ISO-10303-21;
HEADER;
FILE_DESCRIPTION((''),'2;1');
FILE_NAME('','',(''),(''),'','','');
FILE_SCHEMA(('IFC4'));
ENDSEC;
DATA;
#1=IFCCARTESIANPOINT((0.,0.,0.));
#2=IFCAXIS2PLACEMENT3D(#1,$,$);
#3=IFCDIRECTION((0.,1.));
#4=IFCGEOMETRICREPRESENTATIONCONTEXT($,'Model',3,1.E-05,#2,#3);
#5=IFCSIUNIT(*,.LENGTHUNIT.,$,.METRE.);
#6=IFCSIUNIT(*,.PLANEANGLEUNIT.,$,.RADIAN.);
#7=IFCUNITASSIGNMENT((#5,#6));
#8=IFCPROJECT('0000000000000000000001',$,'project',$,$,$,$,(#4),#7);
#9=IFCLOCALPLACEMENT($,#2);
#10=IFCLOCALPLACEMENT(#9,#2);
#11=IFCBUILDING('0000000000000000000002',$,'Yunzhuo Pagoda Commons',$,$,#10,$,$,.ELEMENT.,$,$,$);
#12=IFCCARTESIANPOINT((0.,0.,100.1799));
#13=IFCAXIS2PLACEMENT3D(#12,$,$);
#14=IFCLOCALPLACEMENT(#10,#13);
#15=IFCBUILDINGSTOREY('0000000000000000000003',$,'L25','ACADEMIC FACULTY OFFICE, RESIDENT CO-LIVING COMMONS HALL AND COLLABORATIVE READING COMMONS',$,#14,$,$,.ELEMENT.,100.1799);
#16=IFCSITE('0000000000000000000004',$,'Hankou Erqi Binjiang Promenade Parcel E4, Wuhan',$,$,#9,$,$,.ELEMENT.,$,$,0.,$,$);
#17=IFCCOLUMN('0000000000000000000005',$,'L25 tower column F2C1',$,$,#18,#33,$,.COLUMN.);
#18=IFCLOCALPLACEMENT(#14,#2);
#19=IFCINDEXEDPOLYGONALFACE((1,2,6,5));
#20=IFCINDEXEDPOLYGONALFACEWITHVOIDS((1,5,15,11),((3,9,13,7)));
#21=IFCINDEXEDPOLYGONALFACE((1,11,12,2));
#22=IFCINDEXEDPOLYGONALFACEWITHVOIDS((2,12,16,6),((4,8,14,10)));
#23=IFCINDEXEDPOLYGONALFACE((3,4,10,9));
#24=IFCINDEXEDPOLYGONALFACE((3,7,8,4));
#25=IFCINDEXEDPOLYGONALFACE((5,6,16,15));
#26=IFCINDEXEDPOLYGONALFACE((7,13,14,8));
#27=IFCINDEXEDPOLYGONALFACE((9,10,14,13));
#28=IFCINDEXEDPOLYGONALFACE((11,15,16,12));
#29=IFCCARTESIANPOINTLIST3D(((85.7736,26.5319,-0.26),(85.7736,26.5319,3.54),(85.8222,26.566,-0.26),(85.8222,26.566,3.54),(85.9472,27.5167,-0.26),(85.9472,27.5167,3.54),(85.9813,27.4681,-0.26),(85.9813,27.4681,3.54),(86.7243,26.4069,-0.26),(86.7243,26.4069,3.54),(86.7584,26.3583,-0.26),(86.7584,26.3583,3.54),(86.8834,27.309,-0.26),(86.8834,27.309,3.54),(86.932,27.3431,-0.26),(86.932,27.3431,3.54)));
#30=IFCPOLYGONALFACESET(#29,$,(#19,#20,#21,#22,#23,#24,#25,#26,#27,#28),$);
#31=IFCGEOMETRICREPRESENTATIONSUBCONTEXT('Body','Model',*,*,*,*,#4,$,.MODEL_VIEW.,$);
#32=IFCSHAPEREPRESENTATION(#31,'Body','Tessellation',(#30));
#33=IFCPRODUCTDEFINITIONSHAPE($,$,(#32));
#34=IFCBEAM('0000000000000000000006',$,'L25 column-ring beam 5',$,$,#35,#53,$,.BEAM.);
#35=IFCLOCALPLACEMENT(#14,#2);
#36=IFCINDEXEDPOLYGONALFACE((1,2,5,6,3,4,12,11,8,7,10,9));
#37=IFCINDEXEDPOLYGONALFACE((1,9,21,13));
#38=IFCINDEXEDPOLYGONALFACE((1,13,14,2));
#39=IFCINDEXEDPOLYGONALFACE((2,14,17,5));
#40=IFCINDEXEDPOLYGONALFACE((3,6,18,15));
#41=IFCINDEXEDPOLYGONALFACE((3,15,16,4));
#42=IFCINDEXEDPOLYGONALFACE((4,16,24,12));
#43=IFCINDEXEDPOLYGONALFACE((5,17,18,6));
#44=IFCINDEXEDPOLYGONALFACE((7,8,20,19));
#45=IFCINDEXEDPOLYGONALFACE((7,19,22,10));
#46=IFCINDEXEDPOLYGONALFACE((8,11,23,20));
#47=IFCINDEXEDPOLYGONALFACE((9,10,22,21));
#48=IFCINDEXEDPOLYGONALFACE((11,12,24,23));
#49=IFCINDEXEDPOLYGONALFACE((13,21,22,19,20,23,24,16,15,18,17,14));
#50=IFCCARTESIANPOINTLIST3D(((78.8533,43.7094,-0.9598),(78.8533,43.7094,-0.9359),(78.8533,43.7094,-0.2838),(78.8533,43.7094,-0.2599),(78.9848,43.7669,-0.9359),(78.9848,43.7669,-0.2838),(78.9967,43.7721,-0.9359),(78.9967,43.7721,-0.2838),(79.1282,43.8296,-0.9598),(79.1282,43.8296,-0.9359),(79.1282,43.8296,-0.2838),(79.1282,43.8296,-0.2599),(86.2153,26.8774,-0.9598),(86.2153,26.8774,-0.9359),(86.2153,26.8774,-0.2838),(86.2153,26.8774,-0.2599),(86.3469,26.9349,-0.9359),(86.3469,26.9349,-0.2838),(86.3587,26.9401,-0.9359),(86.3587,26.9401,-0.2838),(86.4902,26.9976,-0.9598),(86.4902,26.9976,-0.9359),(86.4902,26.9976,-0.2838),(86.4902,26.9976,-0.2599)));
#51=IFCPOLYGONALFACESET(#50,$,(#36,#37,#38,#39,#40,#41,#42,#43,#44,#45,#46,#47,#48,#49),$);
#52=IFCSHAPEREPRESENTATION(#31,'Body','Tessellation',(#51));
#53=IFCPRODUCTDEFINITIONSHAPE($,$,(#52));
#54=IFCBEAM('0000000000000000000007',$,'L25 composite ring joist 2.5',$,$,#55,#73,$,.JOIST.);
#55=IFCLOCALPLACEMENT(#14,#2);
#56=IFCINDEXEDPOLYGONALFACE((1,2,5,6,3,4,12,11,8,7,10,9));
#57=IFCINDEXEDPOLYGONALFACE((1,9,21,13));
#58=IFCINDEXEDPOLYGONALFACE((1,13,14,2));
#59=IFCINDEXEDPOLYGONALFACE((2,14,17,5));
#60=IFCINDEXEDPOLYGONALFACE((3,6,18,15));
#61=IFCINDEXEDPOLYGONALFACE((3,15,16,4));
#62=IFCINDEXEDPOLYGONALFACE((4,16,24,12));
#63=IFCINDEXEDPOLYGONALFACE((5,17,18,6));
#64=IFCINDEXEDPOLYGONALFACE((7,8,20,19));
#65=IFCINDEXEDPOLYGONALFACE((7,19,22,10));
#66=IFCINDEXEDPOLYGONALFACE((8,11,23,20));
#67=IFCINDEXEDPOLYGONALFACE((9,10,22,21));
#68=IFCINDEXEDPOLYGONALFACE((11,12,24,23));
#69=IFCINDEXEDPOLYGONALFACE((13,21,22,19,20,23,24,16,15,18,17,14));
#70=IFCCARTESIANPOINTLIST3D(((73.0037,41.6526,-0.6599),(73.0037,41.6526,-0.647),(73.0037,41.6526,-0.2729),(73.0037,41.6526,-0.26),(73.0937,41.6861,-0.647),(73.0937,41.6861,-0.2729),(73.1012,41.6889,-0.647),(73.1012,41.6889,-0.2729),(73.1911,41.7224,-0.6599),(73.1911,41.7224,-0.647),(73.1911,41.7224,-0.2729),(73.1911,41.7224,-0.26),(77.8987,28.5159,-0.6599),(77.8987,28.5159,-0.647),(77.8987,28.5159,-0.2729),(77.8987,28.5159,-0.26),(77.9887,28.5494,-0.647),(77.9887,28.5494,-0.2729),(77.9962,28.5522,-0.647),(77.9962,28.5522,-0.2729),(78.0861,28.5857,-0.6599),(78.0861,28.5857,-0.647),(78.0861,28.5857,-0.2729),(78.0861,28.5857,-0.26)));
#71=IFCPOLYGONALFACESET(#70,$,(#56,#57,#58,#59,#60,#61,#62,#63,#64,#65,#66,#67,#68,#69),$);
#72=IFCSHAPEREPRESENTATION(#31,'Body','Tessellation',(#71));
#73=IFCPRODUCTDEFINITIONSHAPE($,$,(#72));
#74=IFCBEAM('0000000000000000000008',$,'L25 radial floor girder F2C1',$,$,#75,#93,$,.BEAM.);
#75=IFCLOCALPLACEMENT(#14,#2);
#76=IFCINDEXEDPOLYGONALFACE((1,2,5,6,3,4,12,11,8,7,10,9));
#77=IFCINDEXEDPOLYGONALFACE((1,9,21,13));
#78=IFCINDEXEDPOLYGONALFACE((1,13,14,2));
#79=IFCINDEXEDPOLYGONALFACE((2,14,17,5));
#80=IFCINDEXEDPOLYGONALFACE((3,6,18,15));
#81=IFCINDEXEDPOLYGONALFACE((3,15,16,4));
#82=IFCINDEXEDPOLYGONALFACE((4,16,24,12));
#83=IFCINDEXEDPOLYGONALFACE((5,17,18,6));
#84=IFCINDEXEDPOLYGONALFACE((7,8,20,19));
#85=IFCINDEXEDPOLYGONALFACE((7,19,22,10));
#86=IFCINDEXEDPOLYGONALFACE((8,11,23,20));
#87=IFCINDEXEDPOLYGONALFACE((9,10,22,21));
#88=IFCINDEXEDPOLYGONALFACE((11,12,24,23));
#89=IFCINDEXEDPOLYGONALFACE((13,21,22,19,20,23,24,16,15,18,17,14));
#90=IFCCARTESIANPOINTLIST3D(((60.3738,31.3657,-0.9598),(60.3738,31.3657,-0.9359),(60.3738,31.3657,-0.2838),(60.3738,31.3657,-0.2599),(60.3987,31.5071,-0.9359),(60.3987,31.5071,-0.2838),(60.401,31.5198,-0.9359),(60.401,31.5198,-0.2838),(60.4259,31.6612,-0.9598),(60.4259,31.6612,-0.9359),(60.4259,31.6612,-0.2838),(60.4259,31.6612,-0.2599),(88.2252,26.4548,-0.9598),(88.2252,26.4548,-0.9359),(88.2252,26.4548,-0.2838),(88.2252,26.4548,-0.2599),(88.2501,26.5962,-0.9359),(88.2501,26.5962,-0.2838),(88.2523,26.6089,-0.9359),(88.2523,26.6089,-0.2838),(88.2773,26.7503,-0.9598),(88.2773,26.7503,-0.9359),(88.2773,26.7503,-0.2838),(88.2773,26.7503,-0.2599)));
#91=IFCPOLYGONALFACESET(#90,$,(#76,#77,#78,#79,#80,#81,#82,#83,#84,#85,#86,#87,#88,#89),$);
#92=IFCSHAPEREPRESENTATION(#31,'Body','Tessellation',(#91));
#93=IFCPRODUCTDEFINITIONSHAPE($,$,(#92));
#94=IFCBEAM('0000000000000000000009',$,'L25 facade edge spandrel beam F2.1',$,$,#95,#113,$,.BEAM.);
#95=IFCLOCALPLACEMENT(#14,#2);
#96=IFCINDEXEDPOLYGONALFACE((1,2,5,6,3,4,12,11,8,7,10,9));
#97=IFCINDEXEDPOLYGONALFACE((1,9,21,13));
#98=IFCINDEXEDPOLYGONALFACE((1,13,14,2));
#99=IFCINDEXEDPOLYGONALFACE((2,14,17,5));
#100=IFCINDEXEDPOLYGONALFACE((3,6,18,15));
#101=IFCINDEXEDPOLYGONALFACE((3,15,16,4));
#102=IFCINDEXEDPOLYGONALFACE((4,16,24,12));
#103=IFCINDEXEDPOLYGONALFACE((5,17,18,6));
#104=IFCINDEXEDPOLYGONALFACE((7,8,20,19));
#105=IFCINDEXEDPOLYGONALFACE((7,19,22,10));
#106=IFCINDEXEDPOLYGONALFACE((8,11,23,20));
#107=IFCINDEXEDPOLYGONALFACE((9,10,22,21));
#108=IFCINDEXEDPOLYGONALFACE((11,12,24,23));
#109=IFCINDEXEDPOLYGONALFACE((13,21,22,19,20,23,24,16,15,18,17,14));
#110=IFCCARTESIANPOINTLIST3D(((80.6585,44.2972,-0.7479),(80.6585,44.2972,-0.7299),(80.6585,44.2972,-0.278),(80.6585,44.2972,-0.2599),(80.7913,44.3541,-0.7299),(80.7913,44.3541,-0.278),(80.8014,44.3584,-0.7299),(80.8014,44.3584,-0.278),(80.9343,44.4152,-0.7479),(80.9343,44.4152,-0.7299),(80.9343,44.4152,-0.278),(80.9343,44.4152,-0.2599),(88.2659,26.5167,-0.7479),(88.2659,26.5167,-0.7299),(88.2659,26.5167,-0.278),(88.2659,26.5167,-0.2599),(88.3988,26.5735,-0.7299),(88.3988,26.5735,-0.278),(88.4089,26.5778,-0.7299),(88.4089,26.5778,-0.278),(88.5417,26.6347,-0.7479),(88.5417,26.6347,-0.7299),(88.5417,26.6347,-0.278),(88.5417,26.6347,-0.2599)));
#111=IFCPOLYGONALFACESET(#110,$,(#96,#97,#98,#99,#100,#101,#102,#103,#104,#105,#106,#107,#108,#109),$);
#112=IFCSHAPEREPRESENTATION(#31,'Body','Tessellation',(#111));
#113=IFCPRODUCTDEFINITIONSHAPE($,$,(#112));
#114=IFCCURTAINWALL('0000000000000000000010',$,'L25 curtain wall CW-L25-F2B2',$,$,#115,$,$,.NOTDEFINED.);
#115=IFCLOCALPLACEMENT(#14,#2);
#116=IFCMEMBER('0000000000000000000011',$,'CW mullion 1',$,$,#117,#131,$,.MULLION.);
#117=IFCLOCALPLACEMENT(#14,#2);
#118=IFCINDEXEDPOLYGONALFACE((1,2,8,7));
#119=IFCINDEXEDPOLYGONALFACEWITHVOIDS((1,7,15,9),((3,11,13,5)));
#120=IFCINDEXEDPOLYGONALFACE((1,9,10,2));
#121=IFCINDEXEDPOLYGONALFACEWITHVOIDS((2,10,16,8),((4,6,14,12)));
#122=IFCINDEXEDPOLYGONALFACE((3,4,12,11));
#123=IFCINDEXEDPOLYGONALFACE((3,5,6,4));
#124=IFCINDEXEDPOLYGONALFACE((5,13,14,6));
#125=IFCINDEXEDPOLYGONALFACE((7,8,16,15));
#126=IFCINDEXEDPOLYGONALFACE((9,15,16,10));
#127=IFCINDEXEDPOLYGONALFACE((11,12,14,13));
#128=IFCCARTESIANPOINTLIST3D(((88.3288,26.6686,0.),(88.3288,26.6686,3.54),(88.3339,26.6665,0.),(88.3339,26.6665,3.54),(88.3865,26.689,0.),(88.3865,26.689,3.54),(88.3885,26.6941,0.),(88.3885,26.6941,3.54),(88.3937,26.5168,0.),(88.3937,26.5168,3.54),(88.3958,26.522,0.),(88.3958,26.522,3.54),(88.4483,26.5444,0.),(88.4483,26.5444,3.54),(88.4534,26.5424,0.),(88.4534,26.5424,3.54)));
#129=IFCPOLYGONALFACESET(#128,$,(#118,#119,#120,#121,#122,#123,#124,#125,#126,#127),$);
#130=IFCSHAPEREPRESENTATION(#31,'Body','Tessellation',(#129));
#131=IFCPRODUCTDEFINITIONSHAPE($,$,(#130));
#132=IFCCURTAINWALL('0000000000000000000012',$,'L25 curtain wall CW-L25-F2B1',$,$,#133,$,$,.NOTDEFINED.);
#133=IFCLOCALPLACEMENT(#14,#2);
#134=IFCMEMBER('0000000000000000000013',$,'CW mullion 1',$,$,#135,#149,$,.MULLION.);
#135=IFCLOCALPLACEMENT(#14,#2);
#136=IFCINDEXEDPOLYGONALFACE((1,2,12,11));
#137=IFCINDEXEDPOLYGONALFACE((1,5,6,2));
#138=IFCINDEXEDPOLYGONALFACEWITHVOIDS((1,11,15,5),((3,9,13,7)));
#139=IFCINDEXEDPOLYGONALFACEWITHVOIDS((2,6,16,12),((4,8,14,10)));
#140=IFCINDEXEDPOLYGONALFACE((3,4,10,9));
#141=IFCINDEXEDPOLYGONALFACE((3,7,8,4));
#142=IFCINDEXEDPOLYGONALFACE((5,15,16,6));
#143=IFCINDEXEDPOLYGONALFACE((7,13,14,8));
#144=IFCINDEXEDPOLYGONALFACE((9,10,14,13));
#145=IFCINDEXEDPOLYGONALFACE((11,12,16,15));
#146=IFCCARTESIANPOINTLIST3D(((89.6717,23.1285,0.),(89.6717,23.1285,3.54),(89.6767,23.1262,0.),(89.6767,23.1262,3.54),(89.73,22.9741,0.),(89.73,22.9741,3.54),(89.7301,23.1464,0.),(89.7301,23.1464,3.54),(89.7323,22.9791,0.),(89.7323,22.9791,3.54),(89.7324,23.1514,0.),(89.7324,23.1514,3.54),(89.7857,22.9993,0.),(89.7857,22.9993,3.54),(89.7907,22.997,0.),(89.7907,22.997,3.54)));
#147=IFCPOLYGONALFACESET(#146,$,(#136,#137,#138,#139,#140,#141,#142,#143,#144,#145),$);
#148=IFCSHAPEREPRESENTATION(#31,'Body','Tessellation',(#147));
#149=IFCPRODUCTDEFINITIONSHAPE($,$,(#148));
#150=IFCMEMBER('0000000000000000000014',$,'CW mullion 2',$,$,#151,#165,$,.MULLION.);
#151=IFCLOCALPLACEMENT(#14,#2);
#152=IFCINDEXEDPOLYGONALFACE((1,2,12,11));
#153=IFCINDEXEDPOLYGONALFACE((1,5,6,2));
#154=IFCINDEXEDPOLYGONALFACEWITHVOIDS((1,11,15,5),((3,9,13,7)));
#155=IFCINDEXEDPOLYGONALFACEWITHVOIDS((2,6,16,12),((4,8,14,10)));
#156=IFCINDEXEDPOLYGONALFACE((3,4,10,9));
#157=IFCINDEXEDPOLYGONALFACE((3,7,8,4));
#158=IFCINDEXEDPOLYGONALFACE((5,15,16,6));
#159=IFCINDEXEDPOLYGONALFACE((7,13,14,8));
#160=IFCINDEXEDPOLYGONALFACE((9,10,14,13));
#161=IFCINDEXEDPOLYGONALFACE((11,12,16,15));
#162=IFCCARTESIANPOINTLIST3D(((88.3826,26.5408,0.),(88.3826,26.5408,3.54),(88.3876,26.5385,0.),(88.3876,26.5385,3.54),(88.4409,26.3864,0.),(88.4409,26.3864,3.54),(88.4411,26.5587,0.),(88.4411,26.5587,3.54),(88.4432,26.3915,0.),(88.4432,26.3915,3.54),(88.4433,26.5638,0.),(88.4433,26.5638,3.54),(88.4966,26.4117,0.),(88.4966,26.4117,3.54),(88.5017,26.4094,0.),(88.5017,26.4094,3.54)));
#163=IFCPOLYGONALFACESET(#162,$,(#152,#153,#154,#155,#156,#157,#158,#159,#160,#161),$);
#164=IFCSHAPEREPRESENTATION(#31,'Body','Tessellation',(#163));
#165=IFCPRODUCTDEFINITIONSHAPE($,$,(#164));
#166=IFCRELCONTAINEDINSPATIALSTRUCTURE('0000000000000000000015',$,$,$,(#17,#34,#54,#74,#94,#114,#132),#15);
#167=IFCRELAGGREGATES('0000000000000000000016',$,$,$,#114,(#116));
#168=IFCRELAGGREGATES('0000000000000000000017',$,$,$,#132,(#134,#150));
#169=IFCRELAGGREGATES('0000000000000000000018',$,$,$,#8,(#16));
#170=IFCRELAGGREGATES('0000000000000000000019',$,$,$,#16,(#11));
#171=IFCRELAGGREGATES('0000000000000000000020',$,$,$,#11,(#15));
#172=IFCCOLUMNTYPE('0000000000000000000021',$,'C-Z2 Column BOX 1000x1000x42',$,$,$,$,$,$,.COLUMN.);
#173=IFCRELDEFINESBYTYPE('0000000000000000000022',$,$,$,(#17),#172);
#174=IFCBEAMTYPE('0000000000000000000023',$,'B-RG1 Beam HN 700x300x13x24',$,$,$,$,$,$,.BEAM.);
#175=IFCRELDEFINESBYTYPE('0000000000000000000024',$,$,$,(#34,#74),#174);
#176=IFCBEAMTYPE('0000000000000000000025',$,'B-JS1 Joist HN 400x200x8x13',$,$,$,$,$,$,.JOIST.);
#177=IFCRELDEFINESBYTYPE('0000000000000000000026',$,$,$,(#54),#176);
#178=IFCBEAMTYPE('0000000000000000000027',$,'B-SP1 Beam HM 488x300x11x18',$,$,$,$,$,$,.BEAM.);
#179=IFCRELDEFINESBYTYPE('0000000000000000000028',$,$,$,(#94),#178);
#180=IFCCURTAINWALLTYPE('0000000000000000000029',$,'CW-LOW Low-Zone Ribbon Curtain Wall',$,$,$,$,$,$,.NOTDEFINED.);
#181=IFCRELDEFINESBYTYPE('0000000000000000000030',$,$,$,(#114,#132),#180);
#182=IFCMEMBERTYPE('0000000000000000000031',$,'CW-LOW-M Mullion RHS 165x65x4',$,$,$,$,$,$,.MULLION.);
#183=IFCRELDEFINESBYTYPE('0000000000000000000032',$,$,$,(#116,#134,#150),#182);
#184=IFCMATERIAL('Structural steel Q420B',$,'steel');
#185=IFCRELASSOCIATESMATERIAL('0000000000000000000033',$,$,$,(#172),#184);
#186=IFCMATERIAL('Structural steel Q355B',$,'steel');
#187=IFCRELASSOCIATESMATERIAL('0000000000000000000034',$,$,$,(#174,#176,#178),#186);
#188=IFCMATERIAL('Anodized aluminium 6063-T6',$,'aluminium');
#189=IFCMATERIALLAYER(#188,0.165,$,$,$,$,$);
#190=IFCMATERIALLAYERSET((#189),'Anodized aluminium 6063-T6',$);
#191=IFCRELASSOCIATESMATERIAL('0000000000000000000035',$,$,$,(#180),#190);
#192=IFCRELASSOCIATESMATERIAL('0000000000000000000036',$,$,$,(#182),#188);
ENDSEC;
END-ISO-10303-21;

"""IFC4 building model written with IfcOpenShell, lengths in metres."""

from ifc_helpers import new_model, si_unit, direction, frame, origin, origin_2d, place, context, subcontext, project, spatial, hollow_rectangle, i_section, extrude, source, transform, mapped, material, layer, layer_set, material_profile, profile_set, type_object, element, aggregate, save


model = new_model("IFC4")

# Units and contexts
model_context = context("Model", 3, precision=1e-05, world=origin(), true_north=direction((0.0, 1.0)))
body_context = subcontext(model_context, "Body", "Model", "MODEL_VIEW")
ifc_project = project(units=[si_unit("LENGTHUNIT", "METRE"), si_unit("PLANEANGLEUNIT", "RADIAN")], contexts=[model_context])

# Site, building, storey
site_placement = place(None, origin())
site = spatial("IfcSite", under=ifc_project, at=site_placement, Name="Hankou Erqi Binjiang Promenade Parcel E4, Wuhan", CompositionType="ELEMENT", RefElevation=0.0)
building_placement = place(site_placement, origin())
building = spatial("IfcBuilding", under=site, at=building_placement, Name="Yunzhuo Pagoda Commons", CompositionType="ELEMENT")
storey_placement = place(building_placement, frame((0.0, 0.0, 100.1799)))
storey = spatial("IfcBuildingStorey", under=building, at=storey_placement, Name="L25", Description="ACADEMIC FACULTY OFFICE, RESIDENT CO-LIVING COMMONS HALL AND COLLABORATIVE READING COMMONS", CompositionType="ELEMENT", Elevation=100.1799)

# Column
ifc_material_1 = material(Name="Structural steel Q420B", Category="steel")
ifc_material_profile_1 = material_profile(ifc_material_1, hollow_rectangle(XDim=1.0, YDim=1.0, WallThickness=0.042, at=origin_2d()), Name="Structural steel Q420B")
ifc_profile_set_1 = profile_set([ifc_material_profile_1], Name="Structural steel Q420B")
column_type = type_object("IfcColumnType", Name="C-Z2 Column BOX 1000x1000x42", PredefinedType="COLUMN", material=ifc_profile_set_1)
shared_shape_1 = source(origin(), body_context, "Body", "SweptSolid", [
    extrude(hollow_rectangle(XDim=1.0, YDim=1.0, WallThickness=0.042, at=origin_2d()), origin(), (0.0, 0.0, 1.0), 3.8),
])
column_placement = place(storey_placement, frame((86.3528, 26.9375, -0.26), z_axis=(0.0, 0.0, 1.0), x_axis=(0.173648, 0.984808, 0.0)))
element("IfcColumn", 1, at=column_placement, inside=storey, type_object=column_type, Name="L25 tower column F2C1", PredefinedType="COLUMN", context=body_context, shape_type="MappedRepresentation", body=[
    mapped(shared_shape_1, transform((0.0, 0.0, 0.0), scale=1.0)),
])

# Beams
ifc_material_2 = material(Name="Structural steel Q355B", Category="steel")
ifc_material_profile_2 = material_profile(ifc_material_2, i_section(OverallWidth=0.3, OverallDepth=0.7, WebThickness=0.0129, FlangeThickness=0.0239, at=origin_2d()), Name="Structural steel Q355B")
ifc_profile_set_2 = profile_set([ifc_material_profile_2], Name="Structural steel Q355B")
beam_type_1 = type_object("IfcBeamType", Name="B-RG1 Beam HN 700x300x13x24", PredefinedType="BEAM", material=ifc_profile_set_2)
shared_shape_2 = source(origin(), body_context, "Body", "SweptSolid", [
    extrude(i_section(OverallWidth=0.3, OverallDepth=0.7, WebThickness=0.0129, FlangeThickness=0.0239, at=origin_2d()), origin(), (0.0, 0.0, 1.0), 18.3716),
])
beam_1_placement = place(storey_placement, frame((86.3528, 26.9375, -0.6099), z_axis=(-0.40073, 0.916196, 0.0), x_axis=(-0.916196, -0.40073, 0.0)))
element("IfcBeam", 2, at=beam_1_placement, inside=storey, type_object=beam_type_1, Name="L25 column-ring beam 5", PredefinedType="BEAM", context=body_context, shape_type="MappedRepresentation", body=[
    mapped(shared_shape_2, transform((0.0, 0.0, 0.0), scale=1.0)),
])
ifc_material_profile_3 = material_profile(ifc_material_2, i_section(OverallWidth=0.2, OverallDepth=0.3999, WebThickness=0.0081, FlangeThickness=0.0129, at=origin_2d()), Name="Structural steel Q355B")
ifc_profile_set_3 = profile_set([ifc_material_profile_3], Name="Structural steel Q355B")
beam_type_2 = type_object("IfcBeamType", Name="B-JS1 Joist HN 400x200x8x13", PredefinedType="JOIST", material=ifc_profile_set_3)
shared_shape_3 = source(origin(), body_context, "Body", "SweptSolid", [
    extrude(i_section(OverallWidth=0.2, OverallDepth=0.3999, WebThickness=0.0081, FlangeThickness=0.0129, at=origin_2d()), origin(), (0.0, 0.0, 1.0), 14.019),
])
beam_2_placement = place(storey_placement, frame((77.9924, 28.5508, -0.46), z_axis=(-0.349168, 0.93706, 0.0), x_axis=(-0.93706, -0.349168, 0.0)))
element("IfcBeam", 3, at=beam_2_placement, inside=storey, type_object=beam_type_2, Name="L25 composite ring joist 2.5", PredefinedType="JOIST", context=body_context, shape_type="MappedRepresentation", body=[
    mapped(shared_shape_3, transform((0.0, 0.0, 0.0), scale=1.0)),
])
shared_shape_4 = source(origin(), body_context, "Body", "SweptSolid", [
    extrude(i_section(OverallWidth=0.3, OverallDepth=0.7, WebThickness=0.0129, FlangeThickness=0.0239, at=origin_2d()), origin(), (0.0, 0.0, 1.0), 28.281),
])
beam_3_placement = place(storey_placement, frame((88.2512, 26.6025, -0.6099), z_axis=(-0.984808, 0.173646, 0.0), x_axis=(-0.173646, -0.984808, 0.0)))
element("IfcBeam", 4, at=beam_3_placement, inside=storey, type_object=beam_type_1, Name="L25 radial floor girder F2C1", PredefinedType="BEAM", context=body_context, shape_type="MappedRepresentation", body=[
    mapped(shared_shape_4, transform((0.0, 0.0, 0.0), scale=1.0)),
])
ifc_material_profile_4 = material_profile(ifc_material_2, i_section(OverallWidth=0.3, OverallDepth=0.488, WebThickness=0.011, FlangeThickness=0.0181, at=origin_2d()), Name="Structural steel Q355B")
ifc_profile_set_4 = profile_set([ifc_material_profile_4], Name="Structural steel Q355B")
beam_type_3 = type_object("IfcBeamType", Name="B-SP1 Beam HM 488x300x11x18", PredefinedType="BEAM", material=ifc_profile_set_4)
shared_shape_5 = source(origin(), body_context, "Body", "SweptSolid", [
    extrude(i_section(OverallWidth=0.3, OverallDepth=0.488, WebThickness=0.011, FlangeThickness=0.0181, at=origin_2d()), origin(), (0.0, 0.0, 1.0), 19.3396),
])
beam_4_placement = place(storey_placement, frame((88.4038, 26.5757, -0.5039), z_axis=(-0.39336, 0.919384, 0.0), x_axis=(-0.919384, -0.39336, 0.0)))
element("IfcBeam", 5, at=beam_4_placement, inside=storey, type_object=beam_type_3, Name="L25 facade edge spandrel beam F2.1", PredefinedType="BEAM", context=body_context, shape_type="MappedRepresentation", body=[
    mapped(shared_shape_5, transform((0.0, 0.0, 0.0), scale=1.0)),
])

# Curtain wall, member
ifc_material_3 = material(Name="Anodized aluminium 6063-T6", Category="aluminium")
ifc_layer_1 = layer(ifc_material_3, 0.165)
ifc_layer_set_1 = layer_set([ifc_layer_1], Name="Anodized aluminium 6063-T6")
curtain_wall_type_1 = type_object("IfcCurtainWallType", Name="CW-LOW Low-Zone Ribbon Curtain Wall", PredefinedType="NOTDEFINED", material=ifc_layer_set_1)
curtain_wall_1_placement = place(storey_placement, origin())
curtain_wall_1 = element("IfcCurtainWall", 6, at=curtain_wall_1_placement, inside=storey, type_object=curtain_wall_type_1, Name="L25 curtain wall CW-L25-F2B2", PredefinedType="NOTDEFINED")
ifc_material_profile_5 = material_profile(ifc_material_3, hollow_rectangle(XDim=0.0649, YDim=0.165, WallThickness=0.0039, at=origin_2d()), Name="Anodized aluminium 6063-T6")
ifc_profile_set_5 = profile_set([ifc_material_profile_5], Name="Anodized aluminium 6063-T6")
member_type_1 = type_object("IfcMemberType", Name="CW-LOW-M Mullion RHS 165x65x4", PredefinedType="MULLION", material=ifc_profile_set_5)
shared_shape_6 = source(origin(), body_context, "Body", "SweptSolid", [
    extrude(hollow_rectangle(XDim=0.0649, YDim=0.165, WallThickness=0.0039, at=origin_2d()), origin(), (0.0, 0.0, 1.0), 3.54),
])
member_1_placement = place(storey_placement, frame((88.3911, 26.6055, 0.0), z_axis=(0.0, 0.0, 1.0), x_axis=(-0.919383, -0.393364, 0.0)))
member_1 = element("IfcMember", 7, at=member_1_placement, type_object=member_type_1, Name="CW mullion 1", PredefinedType="MULLION", context=body_context, shape_type="MappedRepresentation", body=[
    mapped(shared_shape_6, transform((0.0, 0.0, 0.0), scale=1.0)),
])

# Curtain wall, members
curtain_wall_2_placement = place(storey_placement, origin())
curtain_wall_2 = element("IfcCurtainWall", 8, at=curtain_wall_2_placement, inside=storey, type_object=curtain_wall_type_1, Name="L25 curtain wall CW-L25-F2B1", PredefinedType="NOTDEFINED")
member_2_placement = place(storey_placement, frame((89.7312, 23.0627, 0.0), z_axis=(0.0, 0.0, 1.0), x_axis=(-0.935454, -0.353448, 0.0)))
member_2 = element("IfcMember", 9, at=member_2_placement, type_object=member_type_1, Name="CW mullion 1", PredefinedType="MULLION", context=body_context, shape_type="MappedRepresentation", body=[
    mapped(shared_shape_6, transform((0.0, 0.0, 0.0), scale=1.0)),
])
member_3_placement = place(storey_placement, frame((88.4421, 26.4751, 0.0), z_axis=(0.0, 0.0, 1.0), x_axis=(-0.935454, -0.353448, 0.0)))
member_3 = element("IfcMember", 10, at=member_3_placement, type_object=member_type_1, Name="CW mullion 2", PredefinedType="MULLION", context=body_context, shape_type="MappedRepresentation", body=[
    mapped(shared_shape_6, transform((0.0, 0.0, 0.0), scale=1.0)),
])

aggregate(curtain_wall_1, [member_1])

aggregate(curtain_wall_2, [member_2, member_3])

save(model, "model.ifc")
